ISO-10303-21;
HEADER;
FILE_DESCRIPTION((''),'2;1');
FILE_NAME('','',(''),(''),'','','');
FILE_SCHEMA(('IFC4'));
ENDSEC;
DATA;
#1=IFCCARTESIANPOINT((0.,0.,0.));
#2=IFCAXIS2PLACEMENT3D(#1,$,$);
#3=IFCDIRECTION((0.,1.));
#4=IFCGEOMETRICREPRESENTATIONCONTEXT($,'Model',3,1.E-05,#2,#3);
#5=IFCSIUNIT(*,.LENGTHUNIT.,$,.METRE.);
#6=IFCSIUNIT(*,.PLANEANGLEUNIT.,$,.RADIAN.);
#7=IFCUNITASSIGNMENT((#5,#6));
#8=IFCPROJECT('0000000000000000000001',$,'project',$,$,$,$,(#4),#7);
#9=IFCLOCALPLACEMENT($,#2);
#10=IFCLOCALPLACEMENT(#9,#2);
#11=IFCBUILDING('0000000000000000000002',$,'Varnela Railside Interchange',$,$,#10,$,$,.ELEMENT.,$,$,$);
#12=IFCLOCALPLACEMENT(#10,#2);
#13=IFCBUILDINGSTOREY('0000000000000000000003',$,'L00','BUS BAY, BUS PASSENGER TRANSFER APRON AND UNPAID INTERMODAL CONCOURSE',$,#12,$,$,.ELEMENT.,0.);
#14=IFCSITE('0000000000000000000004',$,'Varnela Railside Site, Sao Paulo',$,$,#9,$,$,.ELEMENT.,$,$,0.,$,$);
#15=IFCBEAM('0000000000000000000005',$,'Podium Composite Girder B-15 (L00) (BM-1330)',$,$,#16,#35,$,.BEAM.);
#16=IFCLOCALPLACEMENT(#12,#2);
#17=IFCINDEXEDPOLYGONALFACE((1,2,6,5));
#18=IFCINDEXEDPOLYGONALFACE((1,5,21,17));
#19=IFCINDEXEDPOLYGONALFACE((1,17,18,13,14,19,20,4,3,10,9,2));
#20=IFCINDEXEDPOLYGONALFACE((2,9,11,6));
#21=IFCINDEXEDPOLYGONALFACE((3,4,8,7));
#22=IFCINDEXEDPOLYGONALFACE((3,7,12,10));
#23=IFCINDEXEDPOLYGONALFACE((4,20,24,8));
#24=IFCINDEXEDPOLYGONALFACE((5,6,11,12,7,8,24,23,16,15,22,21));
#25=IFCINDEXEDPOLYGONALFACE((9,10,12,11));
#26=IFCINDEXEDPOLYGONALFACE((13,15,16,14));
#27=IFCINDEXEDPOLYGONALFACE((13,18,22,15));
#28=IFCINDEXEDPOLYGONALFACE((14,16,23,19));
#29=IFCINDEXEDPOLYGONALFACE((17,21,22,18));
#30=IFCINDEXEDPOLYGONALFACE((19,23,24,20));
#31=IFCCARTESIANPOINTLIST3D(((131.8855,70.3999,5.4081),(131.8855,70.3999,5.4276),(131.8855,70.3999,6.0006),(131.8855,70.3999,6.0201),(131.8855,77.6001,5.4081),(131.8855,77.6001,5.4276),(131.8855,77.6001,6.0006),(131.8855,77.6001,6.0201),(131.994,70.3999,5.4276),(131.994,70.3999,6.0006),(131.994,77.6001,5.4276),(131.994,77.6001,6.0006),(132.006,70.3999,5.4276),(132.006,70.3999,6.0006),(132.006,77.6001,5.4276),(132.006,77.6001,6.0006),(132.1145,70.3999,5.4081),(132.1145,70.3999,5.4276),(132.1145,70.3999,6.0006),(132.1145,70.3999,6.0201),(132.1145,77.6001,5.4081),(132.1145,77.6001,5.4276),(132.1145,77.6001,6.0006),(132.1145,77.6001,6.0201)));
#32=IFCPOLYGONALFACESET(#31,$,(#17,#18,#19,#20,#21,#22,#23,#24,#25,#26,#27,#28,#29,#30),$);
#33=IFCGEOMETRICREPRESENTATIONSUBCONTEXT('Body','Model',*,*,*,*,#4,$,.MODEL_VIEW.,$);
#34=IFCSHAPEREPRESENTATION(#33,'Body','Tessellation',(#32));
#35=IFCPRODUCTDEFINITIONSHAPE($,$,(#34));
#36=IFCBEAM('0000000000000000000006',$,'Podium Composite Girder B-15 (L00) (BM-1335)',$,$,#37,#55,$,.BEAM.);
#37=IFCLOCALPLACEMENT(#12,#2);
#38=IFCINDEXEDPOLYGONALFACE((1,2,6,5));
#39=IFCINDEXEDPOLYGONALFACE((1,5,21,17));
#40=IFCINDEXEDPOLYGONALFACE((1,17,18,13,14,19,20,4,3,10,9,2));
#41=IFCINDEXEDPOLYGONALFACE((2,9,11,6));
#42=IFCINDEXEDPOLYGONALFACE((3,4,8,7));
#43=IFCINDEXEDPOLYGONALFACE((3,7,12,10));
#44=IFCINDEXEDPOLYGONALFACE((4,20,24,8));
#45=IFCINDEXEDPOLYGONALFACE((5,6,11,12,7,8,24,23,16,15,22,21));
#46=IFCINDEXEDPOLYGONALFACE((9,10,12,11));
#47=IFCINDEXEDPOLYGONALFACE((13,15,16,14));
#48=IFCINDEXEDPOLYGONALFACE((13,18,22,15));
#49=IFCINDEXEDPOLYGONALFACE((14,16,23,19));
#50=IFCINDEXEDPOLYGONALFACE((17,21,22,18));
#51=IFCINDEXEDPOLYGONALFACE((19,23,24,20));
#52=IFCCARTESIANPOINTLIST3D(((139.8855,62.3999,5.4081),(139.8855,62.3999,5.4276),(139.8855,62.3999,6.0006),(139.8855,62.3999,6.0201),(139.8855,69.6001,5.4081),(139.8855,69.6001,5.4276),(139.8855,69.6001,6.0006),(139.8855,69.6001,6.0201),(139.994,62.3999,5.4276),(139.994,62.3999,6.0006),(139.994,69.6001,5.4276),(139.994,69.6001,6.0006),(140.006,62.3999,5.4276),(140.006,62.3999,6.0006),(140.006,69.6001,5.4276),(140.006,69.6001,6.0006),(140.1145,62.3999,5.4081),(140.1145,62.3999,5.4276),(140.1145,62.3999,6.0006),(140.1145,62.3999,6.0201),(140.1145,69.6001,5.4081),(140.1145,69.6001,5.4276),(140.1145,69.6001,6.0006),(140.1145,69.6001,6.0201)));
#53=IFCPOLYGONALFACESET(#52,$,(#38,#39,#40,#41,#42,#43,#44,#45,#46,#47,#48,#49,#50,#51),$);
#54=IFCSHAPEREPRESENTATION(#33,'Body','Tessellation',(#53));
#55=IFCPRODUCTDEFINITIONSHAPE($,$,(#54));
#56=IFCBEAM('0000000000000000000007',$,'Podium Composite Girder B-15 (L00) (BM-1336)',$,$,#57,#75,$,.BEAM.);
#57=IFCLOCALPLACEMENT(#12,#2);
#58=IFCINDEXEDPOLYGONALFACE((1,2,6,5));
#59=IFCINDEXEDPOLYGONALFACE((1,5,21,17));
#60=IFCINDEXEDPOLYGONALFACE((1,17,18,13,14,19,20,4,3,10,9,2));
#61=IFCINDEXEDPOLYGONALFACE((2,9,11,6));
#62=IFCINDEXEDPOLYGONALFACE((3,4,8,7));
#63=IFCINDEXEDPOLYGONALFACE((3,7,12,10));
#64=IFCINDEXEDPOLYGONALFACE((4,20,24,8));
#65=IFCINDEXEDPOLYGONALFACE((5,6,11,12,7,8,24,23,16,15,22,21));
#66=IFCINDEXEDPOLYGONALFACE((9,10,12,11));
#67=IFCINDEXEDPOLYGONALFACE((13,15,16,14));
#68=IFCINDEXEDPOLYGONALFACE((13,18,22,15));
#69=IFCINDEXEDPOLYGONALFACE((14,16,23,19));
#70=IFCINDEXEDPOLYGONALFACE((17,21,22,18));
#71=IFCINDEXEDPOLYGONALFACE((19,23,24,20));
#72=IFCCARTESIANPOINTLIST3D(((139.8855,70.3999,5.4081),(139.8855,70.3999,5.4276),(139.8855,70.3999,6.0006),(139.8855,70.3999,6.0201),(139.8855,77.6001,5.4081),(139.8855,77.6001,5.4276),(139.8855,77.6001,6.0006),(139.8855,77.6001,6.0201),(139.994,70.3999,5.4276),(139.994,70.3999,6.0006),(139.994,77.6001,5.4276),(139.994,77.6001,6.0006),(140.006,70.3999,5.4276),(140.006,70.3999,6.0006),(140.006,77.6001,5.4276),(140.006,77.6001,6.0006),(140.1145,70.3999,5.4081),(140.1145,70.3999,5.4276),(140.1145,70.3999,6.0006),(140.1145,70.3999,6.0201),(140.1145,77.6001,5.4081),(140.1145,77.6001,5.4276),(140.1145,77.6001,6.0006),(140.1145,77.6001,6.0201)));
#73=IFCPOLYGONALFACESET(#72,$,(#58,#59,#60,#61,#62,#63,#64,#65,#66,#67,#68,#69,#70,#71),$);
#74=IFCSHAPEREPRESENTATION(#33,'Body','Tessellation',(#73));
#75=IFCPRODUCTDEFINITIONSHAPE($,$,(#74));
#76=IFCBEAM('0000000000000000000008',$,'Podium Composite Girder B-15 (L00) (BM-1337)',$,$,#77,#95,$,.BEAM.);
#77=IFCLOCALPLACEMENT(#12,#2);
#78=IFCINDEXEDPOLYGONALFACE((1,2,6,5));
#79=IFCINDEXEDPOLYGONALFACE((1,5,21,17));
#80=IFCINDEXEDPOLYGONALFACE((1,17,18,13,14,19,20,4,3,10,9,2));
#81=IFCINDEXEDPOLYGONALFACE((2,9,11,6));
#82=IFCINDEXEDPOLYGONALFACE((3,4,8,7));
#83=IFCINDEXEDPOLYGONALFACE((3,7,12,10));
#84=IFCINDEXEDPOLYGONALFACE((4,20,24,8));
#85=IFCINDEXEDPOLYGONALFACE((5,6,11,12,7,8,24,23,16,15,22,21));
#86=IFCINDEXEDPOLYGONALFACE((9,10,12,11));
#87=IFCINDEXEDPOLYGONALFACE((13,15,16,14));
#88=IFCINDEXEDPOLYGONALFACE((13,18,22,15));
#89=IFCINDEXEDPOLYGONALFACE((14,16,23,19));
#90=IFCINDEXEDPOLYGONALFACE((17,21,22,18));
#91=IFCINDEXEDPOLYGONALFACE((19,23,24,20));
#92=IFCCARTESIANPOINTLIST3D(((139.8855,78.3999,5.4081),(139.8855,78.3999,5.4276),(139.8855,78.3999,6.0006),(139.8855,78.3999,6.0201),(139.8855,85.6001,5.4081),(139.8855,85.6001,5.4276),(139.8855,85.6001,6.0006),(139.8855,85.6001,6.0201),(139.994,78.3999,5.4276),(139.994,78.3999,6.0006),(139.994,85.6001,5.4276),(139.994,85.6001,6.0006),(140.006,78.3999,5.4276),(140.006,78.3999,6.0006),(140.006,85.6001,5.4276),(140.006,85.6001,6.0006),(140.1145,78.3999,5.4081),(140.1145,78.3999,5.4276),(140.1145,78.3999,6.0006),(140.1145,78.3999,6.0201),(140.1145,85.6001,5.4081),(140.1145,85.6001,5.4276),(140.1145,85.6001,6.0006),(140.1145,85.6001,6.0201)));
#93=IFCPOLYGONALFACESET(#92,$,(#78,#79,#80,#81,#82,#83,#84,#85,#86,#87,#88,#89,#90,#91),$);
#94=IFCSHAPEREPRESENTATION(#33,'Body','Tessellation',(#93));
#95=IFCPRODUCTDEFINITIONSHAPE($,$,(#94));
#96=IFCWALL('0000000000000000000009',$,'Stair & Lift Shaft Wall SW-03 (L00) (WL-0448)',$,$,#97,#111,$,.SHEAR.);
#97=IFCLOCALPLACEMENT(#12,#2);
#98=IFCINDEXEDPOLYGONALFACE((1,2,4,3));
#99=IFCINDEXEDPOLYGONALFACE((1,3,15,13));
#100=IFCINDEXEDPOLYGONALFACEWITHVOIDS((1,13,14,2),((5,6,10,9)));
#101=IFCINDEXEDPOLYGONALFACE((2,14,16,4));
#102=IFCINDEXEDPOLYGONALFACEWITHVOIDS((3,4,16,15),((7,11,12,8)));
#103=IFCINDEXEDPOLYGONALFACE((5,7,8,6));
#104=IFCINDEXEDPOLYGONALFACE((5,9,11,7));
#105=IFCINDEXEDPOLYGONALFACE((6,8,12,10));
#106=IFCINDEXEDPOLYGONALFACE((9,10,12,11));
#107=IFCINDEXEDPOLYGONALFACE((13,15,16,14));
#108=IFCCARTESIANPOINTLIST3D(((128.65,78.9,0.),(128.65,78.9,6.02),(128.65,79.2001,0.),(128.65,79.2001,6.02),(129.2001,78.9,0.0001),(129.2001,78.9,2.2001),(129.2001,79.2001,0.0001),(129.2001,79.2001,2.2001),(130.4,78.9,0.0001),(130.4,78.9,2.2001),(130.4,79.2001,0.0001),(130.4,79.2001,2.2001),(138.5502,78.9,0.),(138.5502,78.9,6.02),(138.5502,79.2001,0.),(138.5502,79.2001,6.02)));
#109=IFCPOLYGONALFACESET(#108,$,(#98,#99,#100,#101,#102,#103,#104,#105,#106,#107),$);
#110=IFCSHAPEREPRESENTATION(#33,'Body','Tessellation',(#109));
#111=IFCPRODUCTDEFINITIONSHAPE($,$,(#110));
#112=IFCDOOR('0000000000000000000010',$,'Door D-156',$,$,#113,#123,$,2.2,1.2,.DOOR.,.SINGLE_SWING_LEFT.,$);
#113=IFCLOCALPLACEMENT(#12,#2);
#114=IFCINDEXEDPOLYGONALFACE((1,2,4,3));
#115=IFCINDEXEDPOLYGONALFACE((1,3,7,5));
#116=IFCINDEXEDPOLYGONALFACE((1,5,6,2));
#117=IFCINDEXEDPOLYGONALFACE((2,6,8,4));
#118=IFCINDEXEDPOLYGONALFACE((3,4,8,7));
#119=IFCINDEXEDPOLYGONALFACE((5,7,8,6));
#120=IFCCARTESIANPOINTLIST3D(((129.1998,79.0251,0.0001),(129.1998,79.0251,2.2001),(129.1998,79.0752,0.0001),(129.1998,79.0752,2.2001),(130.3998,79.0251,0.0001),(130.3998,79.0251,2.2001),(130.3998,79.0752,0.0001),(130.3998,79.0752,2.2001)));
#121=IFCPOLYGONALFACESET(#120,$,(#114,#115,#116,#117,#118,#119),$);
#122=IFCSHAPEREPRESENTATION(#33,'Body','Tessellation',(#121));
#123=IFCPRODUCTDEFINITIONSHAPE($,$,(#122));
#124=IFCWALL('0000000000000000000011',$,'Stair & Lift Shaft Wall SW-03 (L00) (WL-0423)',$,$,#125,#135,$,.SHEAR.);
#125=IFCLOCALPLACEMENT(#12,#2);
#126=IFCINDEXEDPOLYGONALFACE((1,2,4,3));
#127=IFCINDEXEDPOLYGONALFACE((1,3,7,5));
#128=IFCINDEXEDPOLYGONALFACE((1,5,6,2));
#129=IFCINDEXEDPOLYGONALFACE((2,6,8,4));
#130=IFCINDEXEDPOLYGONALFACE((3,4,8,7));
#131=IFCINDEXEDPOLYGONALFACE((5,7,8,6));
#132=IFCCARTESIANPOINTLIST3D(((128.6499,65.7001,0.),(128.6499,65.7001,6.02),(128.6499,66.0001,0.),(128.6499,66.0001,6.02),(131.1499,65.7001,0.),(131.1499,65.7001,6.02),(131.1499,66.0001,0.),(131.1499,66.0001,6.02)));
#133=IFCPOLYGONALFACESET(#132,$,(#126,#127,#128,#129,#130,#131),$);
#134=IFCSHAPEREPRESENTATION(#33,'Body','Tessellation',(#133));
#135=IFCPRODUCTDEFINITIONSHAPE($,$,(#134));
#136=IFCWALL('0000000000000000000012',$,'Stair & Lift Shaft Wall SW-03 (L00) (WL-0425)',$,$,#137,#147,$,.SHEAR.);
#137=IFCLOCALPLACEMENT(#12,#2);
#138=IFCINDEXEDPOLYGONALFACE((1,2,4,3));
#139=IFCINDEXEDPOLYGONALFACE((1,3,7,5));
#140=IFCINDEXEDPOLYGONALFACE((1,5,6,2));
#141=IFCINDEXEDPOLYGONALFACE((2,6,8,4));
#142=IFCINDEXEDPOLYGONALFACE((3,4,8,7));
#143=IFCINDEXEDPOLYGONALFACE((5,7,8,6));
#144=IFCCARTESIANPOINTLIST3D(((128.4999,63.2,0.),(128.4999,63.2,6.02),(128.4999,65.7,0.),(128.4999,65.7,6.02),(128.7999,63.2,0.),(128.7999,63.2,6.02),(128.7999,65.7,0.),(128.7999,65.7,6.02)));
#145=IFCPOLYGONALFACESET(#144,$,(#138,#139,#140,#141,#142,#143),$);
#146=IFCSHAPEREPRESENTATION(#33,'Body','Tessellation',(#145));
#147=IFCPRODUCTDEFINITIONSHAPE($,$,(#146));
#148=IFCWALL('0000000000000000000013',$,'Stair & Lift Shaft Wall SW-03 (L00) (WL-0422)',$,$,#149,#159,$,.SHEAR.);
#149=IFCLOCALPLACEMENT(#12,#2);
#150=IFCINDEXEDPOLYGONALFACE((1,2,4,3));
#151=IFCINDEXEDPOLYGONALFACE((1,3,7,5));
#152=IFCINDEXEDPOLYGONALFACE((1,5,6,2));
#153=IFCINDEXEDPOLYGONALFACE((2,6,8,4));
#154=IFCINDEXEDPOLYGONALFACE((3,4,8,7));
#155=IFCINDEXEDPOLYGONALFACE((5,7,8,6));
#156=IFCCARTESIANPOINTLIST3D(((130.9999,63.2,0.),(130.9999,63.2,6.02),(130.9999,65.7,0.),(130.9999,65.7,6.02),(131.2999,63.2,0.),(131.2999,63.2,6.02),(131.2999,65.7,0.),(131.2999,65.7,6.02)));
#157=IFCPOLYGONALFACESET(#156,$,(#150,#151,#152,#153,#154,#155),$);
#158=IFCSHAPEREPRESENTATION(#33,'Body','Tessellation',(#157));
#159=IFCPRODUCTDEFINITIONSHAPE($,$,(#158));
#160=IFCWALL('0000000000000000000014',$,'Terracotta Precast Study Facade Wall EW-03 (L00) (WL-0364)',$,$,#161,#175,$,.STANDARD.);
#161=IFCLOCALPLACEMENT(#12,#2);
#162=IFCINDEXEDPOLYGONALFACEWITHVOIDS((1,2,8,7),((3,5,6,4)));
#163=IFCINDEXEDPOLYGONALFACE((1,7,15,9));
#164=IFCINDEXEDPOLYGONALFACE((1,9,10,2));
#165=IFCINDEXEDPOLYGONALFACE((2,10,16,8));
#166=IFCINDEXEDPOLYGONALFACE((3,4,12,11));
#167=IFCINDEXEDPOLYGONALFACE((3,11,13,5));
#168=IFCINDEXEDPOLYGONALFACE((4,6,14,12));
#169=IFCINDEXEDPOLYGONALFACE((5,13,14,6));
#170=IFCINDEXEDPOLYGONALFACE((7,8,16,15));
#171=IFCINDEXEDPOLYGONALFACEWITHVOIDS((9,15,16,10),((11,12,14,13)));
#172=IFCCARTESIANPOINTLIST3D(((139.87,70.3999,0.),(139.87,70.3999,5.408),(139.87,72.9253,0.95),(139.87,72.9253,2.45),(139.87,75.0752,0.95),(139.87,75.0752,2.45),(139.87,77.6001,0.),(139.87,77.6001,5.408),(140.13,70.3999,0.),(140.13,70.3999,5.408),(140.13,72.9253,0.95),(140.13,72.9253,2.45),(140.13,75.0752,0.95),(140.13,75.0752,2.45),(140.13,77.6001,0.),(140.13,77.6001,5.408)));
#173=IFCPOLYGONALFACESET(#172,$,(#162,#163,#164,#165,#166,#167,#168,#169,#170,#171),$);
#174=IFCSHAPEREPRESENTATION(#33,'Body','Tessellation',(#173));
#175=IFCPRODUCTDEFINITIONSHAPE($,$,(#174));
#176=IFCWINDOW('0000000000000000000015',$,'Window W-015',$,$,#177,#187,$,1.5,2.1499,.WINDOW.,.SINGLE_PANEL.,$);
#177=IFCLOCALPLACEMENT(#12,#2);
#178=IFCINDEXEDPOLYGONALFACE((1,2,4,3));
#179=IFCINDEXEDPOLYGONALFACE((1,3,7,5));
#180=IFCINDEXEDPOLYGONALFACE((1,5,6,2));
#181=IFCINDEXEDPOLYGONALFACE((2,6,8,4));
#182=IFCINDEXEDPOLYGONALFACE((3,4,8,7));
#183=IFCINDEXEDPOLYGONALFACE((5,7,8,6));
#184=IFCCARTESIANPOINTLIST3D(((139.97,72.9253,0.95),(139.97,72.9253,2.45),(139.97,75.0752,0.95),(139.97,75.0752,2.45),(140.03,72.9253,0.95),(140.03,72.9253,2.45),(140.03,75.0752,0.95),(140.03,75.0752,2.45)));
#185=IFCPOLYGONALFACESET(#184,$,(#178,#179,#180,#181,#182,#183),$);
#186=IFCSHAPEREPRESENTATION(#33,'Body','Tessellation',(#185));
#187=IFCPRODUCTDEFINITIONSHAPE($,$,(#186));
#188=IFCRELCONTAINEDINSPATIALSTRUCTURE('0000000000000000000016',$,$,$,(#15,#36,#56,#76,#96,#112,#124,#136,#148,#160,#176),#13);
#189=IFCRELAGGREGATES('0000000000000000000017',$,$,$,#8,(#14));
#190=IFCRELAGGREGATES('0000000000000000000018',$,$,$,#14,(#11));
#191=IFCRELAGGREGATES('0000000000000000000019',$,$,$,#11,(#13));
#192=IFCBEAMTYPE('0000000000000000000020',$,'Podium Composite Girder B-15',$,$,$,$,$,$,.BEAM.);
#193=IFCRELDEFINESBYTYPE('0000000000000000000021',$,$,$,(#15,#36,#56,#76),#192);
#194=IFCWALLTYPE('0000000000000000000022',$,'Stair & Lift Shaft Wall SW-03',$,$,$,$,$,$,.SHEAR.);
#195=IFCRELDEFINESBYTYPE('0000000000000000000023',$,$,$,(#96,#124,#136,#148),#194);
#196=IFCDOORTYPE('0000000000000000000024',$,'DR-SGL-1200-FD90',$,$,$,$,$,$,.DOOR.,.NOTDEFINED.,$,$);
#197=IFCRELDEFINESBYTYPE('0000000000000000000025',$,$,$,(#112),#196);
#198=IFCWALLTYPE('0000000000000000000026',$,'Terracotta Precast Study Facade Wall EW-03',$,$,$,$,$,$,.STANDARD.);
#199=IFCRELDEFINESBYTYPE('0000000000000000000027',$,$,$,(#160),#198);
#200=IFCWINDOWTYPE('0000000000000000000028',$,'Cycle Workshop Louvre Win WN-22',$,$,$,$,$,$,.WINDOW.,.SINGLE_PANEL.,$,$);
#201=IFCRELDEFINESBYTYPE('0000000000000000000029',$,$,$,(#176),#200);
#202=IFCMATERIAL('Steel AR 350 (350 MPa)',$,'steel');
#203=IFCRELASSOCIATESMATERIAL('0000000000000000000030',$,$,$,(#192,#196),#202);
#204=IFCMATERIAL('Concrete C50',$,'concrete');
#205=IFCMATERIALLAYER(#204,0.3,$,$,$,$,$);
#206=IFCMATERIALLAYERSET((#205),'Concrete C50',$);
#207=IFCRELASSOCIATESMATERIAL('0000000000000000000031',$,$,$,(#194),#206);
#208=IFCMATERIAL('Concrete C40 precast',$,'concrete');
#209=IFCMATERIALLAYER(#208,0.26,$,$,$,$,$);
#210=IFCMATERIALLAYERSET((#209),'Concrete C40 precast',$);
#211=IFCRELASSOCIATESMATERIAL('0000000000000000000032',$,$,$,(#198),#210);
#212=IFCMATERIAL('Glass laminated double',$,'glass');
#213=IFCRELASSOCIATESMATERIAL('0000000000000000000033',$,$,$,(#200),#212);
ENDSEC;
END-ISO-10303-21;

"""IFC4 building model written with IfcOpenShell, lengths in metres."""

from ifc_helpers import new_model, si_unit, direction, frame, frame_2d, origin, origin_2d, place, context, subcontext, project, spatial, rectangle, i_section, extrude, material, layer, layer_set, material_profile, profile_set, type_object, element, fill, save


model = new_model("IFC4")

# Units and contexts
model_context = context("Model", 3, precision=1e-05, world=origin(), true_north=direction((0.0, 1.0)))
body_context = subcontext(model_context, "Body", "Model", "MODEL_VIEW")
ifc_project = project(units=[si_unit("LENGTHUNIT", "METRE"), si_unit("PLANEANGLEUNIT", "RADIAN")], contexts=[model_context])

# Site, building, storey
site_placement = place(None, origin())
site = spatial("IfcSite", under=ifc_project, at=site_placement, Name="Varnela Railside Site, Sao Paulo", CompositionType="ELEMENT", RefElevation=0.0)
building_placement = place(site_placement, origin())
building = spatial("IfcBuilding", under=site, at=building_placement, Name="Varnela Railside Interchange", CompositionType="ELEMENT")
storey_placement = place(building_placement, origin())
storey = spatial("IfcBuildingStorey", under=building, at=storey_placement, Name="L00", Description="BUS BAY, BUS PASSENGER TRANSFER APRON AND UNPAID INTERMODAL CONCOURSE", CompositionType="ELEMENT", Elevation=0.0)

# Shared definitions
ifc_material_1 = material(Name="Concrete C50", Category="concrete")

# Beams
ifc_material_2 = material(Name="Steel AR 350 (350 MPa)", Category="steel")
ifc_material_profile_1 = material_profile(ifc_material_2, i_section(OverallWidth=0.229, OverallDepth=0.6121, WebThickness=0.012, FlangeThickness=0.0195, at=origin_2d()), Name="W610x125")
ifc_profile_set_1 = profile_set([ifc_material_profile_1], Name="Steel AR 350 (350 MPa)")
beam_type_1 = type_object("IfcBeamType", Name="Podium Composite Girder B-15", PredefinedType="BEAM", material=ifc_profile_set_1)
for number, where, z_axis, x_axis, name in (
    (1, (132.0, 70.3999, 5.7141), (0.0, 1.0, 0.0), (-1.0, 0.0, 0.0), "Podium Composite Girder B-15 (L00) (BM-1330)"),
    (2, (140.0, 62.3999, 5.7141), (0.0, 1.0, 0.0), (-1.0, 0.0, 0.0), "Podium Composite Girder B-15 (L00) (BM-1335)"),
    (3, (140.0, 70.3999, 5.7141), (0.0, 1.0, 0.0), (-1.0, 0.0, 0.0), "Podium Composite Girder B-15 (L00) (BM-1336)"),
    (4, (140.0, 78.3999, 5.7141), (0.0, 1.0, 0.0), (-1.0, 0.0, 0.0), "Podium Composite Girder B-15 (L00) (BM-1337)"),
):
    element("IfcBeam", number, at=place(storey_placement, frame(where, z_axis=z_axis, x_axis=x_axis)), inside=storey, type_object=beam_type_1, Name=name, PredefinedType="BEAM", context=body_context, shape_type="SweptSolid", body=[
        extrude(i_section(OverallWidth=0.229, OverallDepth=0.6121, WebThickness=0.012, FlangeThickness=0.0195, at=origin_2d()), origin(), (0.0, 0.0, 1.0), 7.2002),
    ])

# Wall, opening, door
ifc_layer_1 = layer(ifc_material_1, 0.3)
ifc_layer_set_1 = layer_set([ifc_layer_1], Name="Concrete C50")
wall_type_1 = type_object("IfcWallType", Name="Stair & Lift Shaft Wall SW-03", PredefinedType="SHEAR", material=ifc_layer_set_1)
wall_1_placement = place(storey_placement, frame((128.6499, 79.05, 0.0), z_axis=(0.0, 0.0, 1.0), x_axis=(1.0, 0.0, 0.0)))
wall_1 = element("IfcWall", 5, at=wall_1_placement, inside=storey, type_object=wall_type_1, Name="Stair & Lift Shaft Wall SW-03 (L00) (WL-0448)", PredefinedType="SHEAR", context=body_context, shape_type="SweptSolid", body=[
    extrude(rectangle(XDim=9.9001, YDim=0.3, at=frame_2d((4.9502, 0.0))), origin(), (0.0, 0.0, 1.0), 6.02),
])
opening_1_placement = place(wall_1_placement, frame((0.55, 0.0, 0.0)))
opening_1 = element("IfcOpeningElement", 6, at=opening_1_placement, cuts=wall_1, PredefinedType="OPENING", context=body_context, shape_type="SweptSolid", body=[
    extrude(rectangle(XDim=1.2, YDim=2.2, at=frame_2d((0.6001, 1.1001))), frame((0.0, 0.1599, 0.0), z_axis=(0.0, -1.0, 0.0), x_axis=(1.0, 0.0, 0.0)), (0.0, 0.0, 1.0), 0.3201),
])
door_type = type_object("IfcDoorType", Name="DR-SGL-1200-FD90", OperationType="NOTDEFINED", PredefinedType="DOOR", material=ifc_material_2)
door_placement = place(opening_1_placement, frame((1.2, 0.0, 0.0), z_axis=(0.0, 0.0, 1.0), x_axis=(-1.0, 0.0, 0.0)))
door = element("IfcDoor", 7, at=door_placement, inside=storey, type_object=door_type, Name="Door D-156", OperationType="SINGLE_SWING_LEFT", OverallHeight=2.2, OverallWidth=1.2, PredefinedType="DOOR", context=body_context, shape_type="SweptSolid", body=[
    extrude(rectangle(XDim=1.2, YDim=2.2, at=frame_2d((0.6001, 1.1001))), frame((0.0, 0.0249, 0.0), z_axis=(0.0, -1.0, 0.0), x_axis=(1.0, 0.0, 0.0)), (0.0, 0.0, 1.0), 0.05),
])
fill(opening_1, door)

# Walls
for number, where, z_axis, x_axis, name in (
    (8, (128.6499, 65.8501, 0.0), (0.0, 0.0, 1.0), (1.0, 0.0, 0.0), "Stair & Lift Shaft Wall SW-03 (L00) (WL-0423)"),
    (9, (128.6499, 63.2, 0.0), (0.0, 0.0, 1.0), (0.0, 1.0, 0.0), "Stair & Lift Shaft Wall SW-03 (L00) (WL-0425)"),
    (10, (131.1499, 63.2, 0.0), (0.0, 0.0, 1.0), (0.0, 1.0, 0.0), "Stair & Lift Shaft Wall SW-03 (L00) (WL-0422)"),
):
    element("IfcWall", number, at=place(storey_placement, frame(where, z_axis=z_axis, x_axis=x_axis)), inside=storey, type_object=wall_type_1, Name=name, PredefinedType="SHEAR", context=body_context, shape_type="SweptSolid", body=[
        extrude(rectangle(XDim=2.5, YDim=0.3, at=frame_2d((1.25, 0.0))), origin(), (0.0, 0.0, 1.0), 6.02),
    ])

# Wall, opening, window
ifc_material_3 = material(Name="Concrete C40 precast", Category="concrete")
ifc_layer_2 = layer(ifc_material_3, 0.26)
ifc_layer_set_2 = layer_set([ifc_layer_2], Name="Concrete C40 precast")
wall_type_2 = type_object("IfcWallType", Name="Terracotta Precast Study Facade Wall EW-03", PredefinedType="STANDARD", material=ifc_layer_set_2)
wall_2_placement = place(storey_placement, frame((140.0, 77.6001, 0.0), z_axis=(0.0, 0.0, 1.0), x_axis=(0.0, -1.0, 0.0)))
wall_2 = element("IfcWall", 11, at=wall_2_placement, inside=storey, type_object=wall_type_2, Name="Terracotta Precast Study Facade Wall EW-03 (L00) (WL-0364)", PredefinedType="STANDARD", context=body_context, shape_type="SweptSolid", body=[
    extrude(rectangle(XDim=7.2002, YDim=0.26, at=frame_2d((3.6001, 0.0))), origin(), (0.0, 0.0, 1.0), 5.408),
])
opening_2_placement = place(wall_2_placement, frame((2.5249, 0.0, 0.95)))
opening_2 = element("IfcOpeningElement", 12, at=opening_2_placement, cuts=wall_2, PredefinedType="OPENING", context=body_context, shape_type="SweptSolid", body=[
    extrude(rectangle(XDim=2.1499, YDim=1.5, at=frame_2d((1.075, 0.75))), frame((0.0, 0.1399, 0.0), z_axis=(0.0, -1.0, 0.0), x_axis=(1.0, 0.0, 0.0)), (0.0, 0.0, 1.0), 0.28),
])
ifc_material_4 = material(Name="Glass laminated double", Category="glass")
window_type_1 = type_object("IfcWindowType", Name="Cycle Workshop Louvre Win WN-22", PartitioningType="SINGLE_PANEL", PredefinedType="WINDOW", material=ifc_material_4)
window_1_placement = place(opening_2_placement, origin())
window_1 = element("IfcWindow", 13, at=window_1_placement, inside=storey, type_object=window_type_1, Name="Window W-015", OverallHeight=1.5, OverallWidth=2.1499, PartitioningType="SINGLE_PANEL", PredefinedType="WINDOW", context=body_context, shape_type="SweptSolid", body=[
    extrude(rectangle(XDim=2.1499, YDim=1.5, at=frame_2d((1.075, 0.75))), frame((0.0, 0.03, 0.0), z_axis=(0.0, -1.0, 0.0), x_axis=(1.0, 0.0, 0.0)), (0.0, 0.0, 1.0), 0.0601),
])
fill(opening_2, window_1)

save(model, "model.ifc")
